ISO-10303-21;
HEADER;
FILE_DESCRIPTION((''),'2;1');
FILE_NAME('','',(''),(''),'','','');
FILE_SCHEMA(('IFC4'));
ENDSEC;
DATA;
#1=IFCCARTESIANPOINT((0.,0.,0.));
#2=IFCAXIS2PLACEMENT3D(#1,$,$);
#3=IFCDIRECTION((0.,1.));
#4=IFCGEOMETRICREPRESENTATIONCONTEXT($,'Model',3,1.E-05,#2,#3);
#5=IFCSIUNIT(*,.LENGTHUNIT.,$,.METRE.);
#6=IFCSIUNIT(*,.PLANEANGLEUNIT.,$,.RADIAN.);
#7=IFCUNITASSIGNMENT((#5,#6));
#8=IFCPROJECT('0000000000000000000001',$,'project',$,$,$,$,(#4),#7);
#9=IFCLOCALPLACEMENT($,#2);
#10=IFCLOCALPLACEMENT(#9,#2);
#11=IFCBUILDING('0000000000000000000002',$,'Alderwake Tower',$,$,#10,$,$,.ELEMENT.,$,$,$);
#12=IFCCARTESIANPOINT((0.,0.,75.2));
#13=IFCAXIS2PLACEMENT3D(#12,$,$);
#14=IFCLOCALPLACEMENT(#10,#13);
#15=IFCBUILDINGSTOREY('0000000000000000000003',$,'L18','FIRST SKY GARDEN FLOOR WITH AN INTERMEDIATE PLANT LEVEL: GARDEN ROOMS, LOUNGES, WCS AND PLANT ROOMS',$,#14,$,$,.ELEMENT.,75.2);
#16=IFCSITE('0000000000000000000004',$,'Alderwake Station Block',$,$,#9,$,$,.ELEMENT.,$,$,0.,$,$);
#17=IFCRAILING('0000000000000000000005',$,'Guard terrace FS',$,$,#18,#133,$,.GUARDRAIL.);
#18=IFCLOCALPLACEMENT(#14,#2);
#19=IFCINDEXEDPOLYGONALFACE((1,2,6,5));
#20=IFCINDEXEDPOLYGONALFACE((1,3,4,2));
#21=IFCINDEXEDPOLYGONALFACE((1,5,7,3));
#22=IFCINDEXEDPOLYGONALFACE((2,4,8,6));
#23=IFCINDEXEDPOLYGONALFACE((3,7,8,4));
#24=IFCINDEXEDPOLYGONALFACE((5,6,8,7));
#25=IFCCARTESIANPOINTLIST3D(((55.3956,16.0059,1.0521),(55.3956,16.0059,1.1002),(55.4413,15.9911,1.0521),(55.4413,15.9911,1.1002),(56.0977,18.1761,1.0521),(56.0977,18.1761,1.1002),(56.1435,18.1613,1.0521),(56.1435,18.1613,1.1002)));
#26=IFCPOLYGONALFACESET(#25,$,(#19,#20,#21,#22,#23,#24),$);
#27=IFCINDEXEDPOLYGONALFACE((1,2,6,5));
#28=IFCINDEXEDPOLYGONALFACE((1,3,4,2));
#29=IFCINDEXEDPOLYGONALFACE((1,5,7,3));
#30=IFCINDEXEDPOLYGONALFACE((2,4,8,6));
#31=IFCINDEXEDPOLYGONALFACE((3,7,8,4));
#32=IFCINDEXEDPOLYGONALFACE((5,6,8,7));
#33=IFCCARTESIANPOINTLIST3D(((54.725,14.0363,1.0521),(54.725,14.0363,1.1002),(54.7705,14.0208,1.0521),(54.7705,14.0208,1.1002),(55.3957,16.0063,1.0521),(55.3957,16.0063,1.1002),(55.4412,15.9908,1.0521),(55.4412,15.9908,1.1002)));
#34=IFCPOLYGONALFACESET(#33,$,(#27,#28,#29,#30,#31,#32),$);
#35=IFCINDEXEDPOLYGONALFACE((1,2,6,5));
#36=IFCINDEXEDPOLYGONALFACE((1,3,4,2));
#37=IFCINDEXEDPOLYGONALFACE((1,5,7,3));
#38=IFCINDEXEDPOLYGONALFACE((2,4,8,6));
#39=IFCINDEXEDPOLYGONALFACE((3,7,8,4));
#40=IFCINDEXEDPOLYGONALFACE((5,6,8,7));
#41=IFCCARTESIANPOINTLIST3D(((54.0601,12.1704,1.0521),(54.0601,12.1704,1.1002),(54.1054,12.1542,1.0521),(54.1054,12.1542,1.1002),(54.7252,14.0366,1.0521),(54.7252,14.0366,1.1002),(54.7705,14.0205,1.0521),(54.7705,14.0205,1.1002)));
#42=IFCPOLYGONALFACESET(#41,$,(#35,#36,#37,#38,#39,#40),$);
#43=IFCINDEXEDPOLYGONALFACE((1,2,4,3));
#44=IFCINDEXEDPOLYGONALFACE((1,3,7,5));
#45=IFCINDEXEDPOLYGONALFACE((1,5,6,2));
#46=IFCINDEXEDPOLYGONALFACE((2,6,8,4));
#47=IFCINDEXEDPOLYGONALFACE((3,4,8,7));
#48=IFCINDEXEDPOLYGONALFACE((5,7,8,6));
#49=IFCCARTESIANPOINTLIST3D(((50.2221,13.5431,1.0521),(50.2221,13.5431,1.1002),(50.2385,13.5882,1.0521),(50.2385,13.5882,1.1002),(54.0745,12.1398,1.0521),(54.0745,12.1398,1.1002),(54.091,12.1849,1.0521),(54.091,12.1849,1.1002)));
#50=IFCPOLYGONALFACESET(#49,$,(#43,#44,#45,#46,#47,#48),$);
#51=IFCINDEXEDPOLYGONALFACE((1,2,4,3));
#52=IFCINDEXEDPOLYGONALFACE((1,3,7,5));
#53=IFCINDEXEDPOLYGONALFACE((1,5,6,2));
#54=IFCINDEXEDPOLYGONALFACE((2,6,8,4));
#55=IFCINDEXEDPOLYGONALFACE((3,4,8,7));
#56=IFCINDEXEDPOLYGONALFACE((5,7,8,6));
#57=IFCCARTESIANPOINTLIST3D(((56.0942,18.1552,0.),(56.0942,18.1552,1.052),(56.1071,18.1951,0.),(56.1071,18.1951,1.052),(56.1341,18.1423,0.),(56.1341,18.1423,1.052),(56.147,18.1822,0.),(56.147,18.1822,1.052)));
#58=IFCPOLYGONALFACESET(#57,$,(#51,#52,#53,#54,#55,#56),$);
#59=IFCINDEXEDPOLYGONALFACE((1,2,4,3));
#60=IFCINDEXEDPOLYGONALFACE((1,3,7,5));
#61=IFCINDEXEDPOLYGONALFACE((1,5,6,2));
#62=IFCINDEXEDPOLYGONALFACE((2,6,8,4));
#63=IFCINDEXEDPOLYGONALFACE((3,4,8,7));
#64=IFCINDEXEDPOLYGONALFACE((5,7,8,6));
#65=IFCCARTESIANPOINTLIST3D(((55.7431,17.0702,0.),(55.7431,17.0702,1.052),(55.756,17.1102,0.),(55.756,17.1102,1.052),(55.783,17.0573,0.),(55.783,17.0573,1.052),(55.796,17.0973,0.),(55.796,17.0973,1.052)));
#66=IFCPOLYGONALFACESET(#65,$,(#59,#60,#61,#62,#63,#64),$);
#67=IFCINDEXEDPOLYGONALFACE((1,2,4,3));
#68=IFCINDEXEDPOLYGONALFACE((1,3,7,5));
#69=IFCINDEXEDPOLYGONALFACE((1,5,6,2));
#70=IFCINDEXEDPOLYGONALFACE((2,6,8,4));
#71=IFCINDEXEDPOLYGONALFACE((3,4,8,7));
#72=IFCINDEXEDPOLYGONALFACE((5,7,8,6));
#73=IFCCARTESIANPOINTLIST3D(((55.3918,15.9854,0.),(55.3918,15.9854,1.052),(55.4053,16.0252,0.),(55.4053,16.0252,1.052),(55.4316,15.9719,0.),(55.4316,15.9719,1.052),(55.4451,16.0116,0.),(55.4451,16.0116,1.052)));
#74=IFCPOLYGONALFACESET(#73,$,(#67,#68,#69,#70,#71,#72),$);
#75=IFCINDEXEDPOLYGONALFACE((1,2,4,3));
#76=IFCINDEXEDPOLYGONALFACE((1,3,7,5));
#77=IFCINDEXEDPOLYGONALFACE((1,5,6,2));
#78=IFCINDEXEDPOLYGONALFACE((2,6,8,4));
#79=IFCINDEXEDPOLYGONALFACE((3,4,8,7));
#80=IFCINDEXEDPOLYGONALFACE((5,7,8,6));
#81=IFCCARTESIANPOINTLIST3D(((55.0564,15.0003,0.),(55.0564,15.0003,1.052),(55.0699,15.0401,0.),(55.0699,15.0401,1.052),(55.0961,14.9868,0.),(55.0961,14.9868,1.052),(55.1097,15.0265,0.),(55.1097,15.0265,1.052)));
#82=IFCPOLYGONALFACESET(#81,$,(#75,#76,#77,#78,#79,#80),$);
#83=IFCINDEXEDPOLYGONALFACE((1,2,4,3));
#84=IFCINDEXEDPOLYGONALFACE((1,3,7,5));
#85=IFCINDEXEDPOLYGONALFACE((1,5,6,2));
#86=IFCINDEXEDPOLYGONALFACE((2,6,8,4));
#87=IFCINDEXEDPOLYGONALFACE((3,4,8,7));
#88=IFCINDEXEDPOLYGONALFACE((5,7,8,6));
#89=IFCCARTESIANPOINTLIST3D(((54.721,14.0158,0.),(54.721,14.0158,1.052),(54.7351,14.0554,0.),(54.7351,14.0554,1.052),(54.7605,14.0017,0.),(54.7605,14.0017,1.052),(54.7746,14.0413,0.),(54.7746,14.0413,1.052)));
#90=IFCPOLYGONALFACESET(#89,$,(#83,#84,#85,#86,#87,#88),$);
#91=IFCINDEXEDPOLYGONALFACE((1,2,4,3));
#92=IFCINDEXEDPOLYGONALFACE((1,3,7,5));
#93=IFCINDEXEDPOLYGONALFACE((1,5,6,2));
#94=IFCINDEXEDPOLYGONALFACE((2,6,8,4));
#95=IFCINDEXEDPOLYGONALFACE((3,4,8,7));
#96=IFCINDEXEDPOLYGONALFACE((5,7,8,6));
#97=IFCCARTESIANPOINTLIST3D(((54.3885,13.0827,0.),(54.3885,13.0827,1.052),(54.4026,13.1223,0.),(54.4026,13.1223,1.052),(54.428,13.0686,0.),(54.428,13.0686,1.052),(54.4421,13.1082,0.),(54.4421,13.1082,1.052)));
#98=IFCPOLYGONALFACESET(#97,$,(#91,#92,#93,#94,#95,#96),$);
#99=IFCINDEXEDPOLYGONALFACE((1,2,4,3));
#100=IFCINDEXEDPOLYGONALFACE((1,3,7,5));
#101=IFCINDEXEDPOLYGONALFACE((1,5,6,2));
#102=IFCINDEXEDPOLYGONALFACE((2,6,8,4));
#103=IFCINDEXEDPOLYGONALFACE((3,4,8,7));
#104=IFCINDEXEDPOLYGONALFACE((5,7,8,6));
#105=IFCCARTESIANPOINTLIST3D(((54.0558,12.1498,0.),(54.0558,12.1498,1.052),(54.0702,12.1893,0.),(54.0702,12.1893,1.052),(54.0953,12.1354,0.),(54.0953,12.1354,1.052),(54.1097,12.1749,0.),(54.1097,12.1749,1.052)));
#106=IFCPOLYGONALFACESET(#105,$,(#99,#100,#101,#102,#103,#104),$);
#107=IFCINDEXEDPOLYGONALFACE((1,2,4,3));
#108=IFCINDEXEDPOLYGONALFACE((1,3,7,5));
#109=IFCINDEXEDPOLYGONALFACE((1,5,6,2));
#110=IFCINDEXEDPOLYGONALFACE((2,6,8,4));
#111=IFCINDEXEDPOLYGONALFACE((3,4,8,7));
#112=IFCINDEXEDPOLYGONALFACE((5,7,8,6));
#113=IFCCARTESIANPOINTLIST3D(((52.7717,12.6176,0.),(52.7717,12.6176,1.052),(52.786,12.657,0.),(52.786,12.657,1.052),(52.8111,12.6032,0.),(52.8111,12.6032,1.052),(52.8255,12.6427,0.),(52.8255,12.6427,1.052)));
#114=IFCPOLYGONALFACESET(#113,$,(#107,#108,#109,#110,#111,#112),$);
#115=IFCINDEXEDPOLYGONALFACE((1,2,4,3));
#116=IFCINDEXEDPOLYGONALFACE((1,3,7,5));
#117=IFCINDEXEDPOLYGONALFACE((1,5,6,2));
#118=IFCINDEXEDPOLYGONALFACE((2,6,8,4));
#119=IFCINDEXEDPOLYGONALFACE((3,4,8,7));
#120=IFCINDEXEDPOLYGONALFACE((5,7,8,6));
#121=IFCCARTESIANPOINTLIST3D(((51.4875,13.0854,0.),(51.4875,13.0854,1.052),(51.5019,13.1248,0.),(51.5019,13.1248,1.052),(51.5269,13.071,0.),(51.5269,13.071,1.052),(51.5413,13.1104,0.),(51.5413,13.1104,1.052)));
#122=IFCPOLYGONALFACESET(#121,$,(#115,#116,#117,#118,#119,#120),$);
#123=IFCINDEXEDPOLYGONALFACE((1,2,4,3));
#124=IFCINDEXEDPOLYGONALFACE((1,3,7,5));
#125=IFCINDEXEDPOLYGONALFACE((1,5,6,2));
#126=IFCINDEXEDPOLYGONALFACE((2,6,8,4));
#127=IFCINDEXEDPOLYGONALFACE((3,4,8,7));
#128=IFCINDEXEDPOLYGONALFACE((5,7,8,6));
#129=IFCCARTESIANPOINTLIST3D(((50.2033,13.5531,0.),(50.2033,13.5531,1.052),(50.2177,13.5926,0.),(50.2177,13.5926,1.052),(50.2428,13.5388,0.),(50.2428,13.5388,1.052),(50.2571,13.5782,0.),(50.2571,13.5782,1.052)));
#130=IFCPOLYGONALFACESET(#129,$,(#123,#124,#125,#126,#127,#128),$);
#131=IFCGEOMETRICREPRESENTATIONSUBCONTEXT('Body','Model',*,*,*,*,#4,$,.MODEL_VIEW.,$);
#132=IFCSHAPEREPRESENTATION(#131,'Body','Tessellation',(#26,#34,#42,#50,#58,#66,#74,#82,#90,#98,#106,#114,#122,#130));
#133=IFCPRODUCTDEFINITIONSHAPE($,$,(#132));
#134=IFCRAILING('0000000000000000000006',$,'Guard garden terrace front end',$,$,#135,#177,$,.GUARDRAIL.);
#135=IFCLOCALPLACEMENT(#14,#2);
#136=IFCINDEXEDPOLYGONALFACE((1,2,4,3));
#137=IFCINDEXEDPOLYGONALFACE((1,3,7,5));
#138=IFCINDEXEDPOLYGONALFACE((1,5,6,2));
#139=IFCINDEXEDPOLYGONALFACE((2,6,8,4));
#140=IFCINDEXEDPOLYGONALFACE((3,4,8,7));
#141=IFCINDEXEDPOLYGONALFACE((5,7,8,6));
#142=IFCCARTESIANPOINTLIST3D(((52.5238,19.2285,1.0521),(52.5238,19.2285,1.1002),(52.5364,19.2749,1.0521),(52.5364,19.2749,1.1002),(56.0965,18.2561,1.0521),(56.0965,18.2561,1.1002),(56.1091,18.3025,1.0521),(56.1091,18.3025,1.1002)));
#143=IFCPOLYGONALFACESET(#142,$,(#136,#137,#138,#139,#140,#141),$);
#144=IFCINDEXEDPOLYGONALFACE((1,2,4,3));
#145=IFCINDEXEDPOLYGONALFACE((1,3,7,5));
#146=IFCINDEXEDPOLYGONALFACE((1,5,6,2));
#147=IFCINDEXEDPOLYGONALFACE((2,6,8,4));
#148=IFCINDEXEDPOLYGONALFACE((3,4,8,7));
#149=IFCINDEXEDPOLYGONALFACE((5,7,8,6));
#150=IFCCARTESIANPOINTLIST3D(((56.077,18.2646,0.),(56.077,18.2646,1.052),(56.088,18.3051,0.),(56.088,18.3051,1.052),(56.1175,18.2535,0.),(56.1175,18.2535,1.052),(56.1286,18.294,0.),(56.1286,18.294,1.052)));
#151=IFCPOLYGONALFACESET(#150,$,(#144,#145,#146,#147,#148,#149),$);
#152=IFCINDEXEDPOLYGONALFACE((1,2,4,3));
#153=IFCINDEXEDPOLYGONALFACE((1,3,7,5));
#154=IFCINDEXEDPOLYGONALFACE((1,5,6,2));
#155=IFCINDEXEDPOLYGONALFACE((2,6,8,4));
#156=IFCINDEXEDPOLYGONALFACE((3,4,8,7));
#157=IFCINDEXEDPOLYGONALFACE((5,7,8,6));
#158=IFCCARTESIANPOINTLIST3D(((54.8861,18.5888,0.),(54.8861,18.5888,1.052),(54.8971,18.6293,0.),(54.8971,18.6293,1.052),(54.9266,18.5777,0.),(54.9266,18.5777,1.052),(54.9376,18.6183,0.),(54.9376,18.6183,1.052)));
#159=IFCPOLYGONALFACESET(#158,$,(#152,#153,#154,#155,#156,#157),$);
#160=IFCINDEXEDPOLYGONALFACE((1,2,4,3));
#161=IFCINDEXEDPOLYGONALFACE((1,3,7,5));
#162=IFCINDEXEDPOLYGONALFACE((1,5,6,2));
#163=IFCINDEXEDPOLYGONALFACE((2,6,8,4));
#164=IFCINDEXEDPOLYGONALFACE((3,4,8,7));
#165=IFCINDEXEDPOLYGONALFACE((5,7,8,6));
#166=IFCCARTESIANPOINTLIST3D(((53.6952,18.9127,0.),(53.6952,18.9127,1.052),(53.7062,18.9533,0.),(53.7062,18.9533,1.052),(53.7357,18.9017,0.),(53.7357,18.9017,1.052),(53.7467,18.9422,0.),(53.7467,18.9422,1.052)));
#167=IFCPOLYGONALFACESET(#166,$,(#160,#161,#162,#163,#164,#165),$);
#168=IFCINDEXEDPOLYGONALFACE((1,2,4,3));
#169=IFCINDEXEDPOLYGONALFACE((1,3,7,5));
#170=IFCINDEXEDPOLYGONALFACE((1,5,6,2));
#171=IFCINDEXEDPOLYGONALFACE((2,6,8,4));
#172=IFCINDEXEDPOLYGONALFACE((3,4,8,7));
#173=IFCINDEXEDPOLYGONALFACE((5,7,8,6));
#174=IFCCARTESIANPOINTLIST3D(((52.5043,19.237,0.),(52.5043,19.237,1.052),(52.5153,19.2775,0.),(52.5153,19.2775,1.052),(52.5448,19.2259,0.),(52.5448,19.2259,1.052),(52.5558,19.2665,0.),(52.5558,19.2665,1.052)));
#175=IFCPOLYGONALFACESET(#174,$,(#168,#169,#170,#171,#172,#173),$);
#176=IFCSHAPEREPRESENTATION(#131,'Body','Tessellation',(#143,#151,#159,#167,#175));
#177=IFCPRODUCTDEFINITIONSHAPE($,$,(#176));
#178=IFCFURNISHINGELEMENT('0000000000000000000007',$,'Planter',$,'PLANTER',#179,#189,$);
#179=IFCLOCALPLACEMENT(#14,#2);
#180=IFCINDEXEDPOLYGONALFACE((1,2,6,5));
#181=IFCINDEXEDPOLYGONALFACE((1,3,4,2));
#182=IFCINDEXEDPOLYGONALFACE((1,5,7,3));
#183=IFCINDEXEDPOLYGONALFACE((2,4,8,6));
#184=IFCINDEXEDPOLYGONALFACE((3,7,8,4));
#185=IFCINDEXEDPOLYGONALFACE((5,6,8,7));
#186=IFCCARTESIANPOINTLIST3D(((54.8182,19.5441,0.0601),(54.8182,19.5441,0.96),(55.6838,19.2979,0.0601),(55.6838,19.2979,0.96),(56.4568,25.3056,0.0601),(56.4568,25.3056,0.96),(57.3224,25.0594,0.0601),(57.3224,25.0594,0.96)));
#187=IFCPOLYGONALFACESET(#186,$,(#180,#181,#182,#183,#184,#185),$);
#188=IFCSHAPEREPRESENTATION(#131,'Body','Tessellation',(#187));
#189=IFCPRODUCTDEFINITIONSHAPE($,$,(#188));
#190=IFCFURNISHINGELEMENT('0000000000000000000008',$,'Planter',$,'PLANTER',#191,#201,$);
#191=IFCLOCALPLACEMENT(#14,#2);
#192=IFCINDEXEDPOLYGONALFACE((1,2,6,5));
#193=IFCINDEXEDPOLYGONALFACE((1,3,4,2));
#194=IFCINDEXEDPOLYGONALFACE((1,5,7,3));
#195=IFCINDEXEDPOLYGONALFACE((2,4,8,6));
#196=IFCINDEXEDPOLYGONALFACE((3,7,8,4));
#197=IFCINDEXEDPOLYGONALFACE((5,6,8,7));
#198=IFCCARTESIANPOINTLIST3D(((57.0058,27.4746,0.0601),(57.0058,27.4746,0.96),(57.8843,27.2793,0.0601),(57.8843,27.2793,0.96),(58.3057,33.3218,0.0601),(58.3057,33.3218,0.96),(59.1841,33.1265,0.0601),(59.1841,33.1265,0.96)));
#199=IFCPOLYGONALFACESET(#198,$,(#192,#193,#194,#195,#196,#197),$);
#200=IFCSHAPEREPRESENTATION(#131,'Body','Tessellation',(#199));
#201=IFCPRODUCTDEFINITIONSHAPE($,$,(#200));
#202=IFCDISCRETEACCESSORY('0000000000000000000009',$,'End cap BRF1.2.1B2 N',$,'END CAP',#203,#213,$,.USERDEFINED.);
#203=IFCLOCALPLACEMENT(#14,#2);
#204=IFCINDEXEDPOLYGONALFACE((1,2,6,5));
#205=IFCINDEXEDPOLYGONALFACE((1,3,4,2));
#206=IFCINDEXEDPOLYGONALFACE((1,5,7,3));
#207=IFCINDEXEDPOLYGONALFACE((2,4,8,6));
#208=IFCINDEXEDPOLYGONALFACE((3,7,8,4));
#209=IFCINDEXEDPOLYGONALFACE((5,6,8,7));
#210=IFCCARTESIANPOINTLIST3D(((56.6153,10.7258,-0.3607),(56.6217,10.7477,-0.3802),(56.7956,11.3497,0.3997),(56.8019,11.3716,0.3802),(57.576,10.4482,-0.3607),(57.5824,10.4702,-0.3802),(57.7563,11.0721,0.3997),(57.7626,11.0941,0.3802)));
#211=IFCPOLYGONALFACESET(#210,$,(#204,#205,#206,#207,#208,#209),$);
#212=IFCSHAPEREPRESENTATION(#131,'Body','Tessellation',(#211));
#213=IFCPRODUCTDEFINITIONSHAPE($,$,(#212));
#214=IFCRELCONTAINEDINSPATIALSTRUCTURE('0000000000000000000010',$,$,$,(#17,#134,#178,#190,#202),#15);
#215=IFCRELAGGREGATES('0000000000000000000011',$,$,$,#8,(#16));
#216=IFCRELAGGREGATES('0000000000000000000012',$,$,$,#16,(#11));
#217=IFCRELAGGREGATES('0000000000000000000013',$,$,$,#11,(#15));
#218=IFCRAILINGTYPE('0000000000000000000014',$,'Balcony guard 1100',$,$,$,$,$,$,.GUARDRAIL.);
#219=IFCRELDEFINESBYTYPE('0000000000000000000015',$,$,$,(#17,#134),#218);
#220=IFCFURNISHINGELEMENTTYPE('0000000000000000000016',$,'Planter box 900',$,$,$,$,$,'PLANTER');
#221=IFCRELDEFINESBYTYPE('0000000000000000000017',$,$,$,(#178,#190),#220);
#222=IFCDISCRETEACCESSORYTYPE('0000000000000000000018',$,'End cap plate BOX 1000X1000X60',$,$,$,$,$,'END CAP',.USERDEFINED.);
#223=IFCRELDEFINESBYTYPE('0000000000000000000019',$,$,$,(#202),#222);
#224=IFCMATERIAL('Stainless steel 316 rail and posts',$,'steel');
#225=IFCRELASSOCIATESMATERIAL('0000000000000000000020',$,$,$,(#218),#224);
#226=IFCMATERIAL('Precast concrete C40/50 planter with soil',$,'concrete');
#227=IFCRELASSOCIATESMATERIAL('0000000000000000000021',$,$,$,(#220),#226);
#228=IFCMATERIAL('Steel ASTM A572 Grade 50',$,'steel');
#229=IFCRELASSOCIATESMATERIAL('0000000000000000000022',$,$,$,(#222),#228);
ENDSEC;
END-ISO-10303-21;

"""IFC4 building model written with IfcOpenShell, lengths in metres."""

from ifc_helpers import new_model, si_unit, direction, frame, origin, origin_2d, place, context, subcontext, project, spatial, rectangle, extrude, material, material_profile, profile_set, type_object, element, save


model = new_model("IFC4")

# Units and contexts
model_context = context("Model", 3, precision=1e-05, world=origin(), true_north=direction((0.0, 1.0)))
body_context = subcontext(model_context, "Body", "Model", "MODEL_VIEW")
ifc_project = project(units=[si_unit("LENGTHUNIT", "METRE"), si_unit("PLANEANGLEUNIT", "RADIAN")], contexts=[model_context])

# Site, building, storey
site_placement = place(None, origin())
site = spatial("IfcSite", under=ifc_project, at=site_placement, Name="Alderwake Station Block", CompositionType="ELEMENT", RefElevation=0.0)
building_placement = place(site_placement, origin())
building = spatial("IfcBuilding", under=site, at=building_placement, Name="Alderwake Tower", CompositionType="ELEMENT")
storey_placement = place(building_placement, frame((0.0, 0.0, 75.2)))
storey = spatial("IfcBuildingStorey", under=building, at=storey_placement, Name="L18", Description="FIRST SKY GARDEN FLOOR WITH AN INTERMEDIATE PLANT LEVEL: GARDEN ROOMS, LOUNGES, WCS AND PLANT ROOMS", CompositionType="ELEMENT", Elevation=75.2)

# Railings
ifc_material_1 = material(Name="Stainless steel 316 rail and posts", Category="steel")
railing_type = type_object("IfcRailingType", Name="Balcony guard 1100", PredefinedType="GUARDRAIL", material=ifc_material_1)
railing_1_placement = place(storey_placement, frame((56.1206, 18.1687, 0.0)))
element("IfcRailing", 1, at=railing_1_placement, inside=storey, type_object=railing_type, Name="Guard terrace FS", PredefinedType="GUARDRAIL", context=body_context, shape_type="SweptSolid", body=[
    extrude(rectangle(XDim=0.0481, YDim=0.0481, at=origin_2d()), frame((0.0, 0.0, 1.0762), z_axis=(-0.307835, -0.95144, 0.0), x_axis=(0.95144, -0.307835, 0.0)), (0.0, 0.0, 1.0), 2.281),
    extrude(rectangle(XDim=0.0481, YDim=0.0481, at=origin_2d()), frame((-0.7021, -2.1702, 1.0762), z_axis=(-0.322275, -0.946646, 0.0), x_axis=(0.946646, -0.322275, 0.0)), (0.0, 0.0, 1.0), 2.0811),
    extrude(rectangle(XDim=0.0481, YDim=0.0481, at=origin_2d()), frame((-1.3728, -4.1401, 1.0762), z_axis=(-0.335681, -0.941976, 0.0), x_axis=(0.941976, -0.335681, 0.0)), (0.0, 0.0, 1.0), 1.9812),
    extrude(rectangle(XDim=0.0481, YDim=0.0481, at=origin_2d()), frame((-2.0378, -6.0063, 1.0762), z_axis=(-0.939606, 0.342259, 0.0), x_axis=(-0.342259, -0.939606, 0.0)), (0.0, 0.0, 1.0), 4.1001),
    extrude(rectangle(XDim=0.042, YDim=0.042, at=origin_2d()), frame((0.0, 0.0, 0.0), z_axis=(0.0, 0.0, 1.0), x_axis=(-0.307835, -0.95144, 0.0)), (0.0, 0.0, 1.0), 1.052),
    extrude(rectangle(XDim=0.042, YDim=0.042, at=origin_2d()), frame((-0.3511, -1.085, 0.0), z_axis=(0.0, 0.0, 1.0), x_axis=(-0.307835, -0.95144, 0.0)), (0.0, 0.0, 1.0), 1.052),
    extrude(rectangle(XDim=0.042, YDim=0.042, at=origin_2d()), frame((-0.7021, -2.1702, 0.0), z_axis=(0.0, 0.0, 1.0), x_axis=(-0.322275, -0.946646, 0.0)), (0.0, 0.0, 1.0), 1.052),
    extrude(rectangle(XDim=0.042, YDim=0.042, at=origin_2d()), frame((-1.0376, -3.1553, 0.0), z_axis=(0.0, 0.0, 1.0), x_axis=(-0.322275, -0.946646, 0.0)), (0.0, 0.0, 1.0), 1.052),
    extrude(rectangle(XDim=0.042, YDim=0.042, at=origin_2d()), frame((-1.3728, -4.1401, 0.0), z_axis=(0.0, 0.0, 1.0), x_axis=(-0.335681, -0.941976, 0.0)), (0.0, 0.0, 1.0), 1.052),
    extrude(rectangle(XDim=0.042, YDim=0.042, at=origin_2d()), frame((-1.7053, -5.0732, 0.0), z_axis=(0.0, 0.0, 1.0), x_axis=(-0.335681, -0.941976, 0.0)), (0.0, 0.0, 1.0), 1.052),
    extrude(rectangle(XDim=0.042, YDim=0.042, at=origin_2d()), frame((-2.0378, -6.0063, 0.0), z_axis=(0.0, 0.0, 1.0), x_axis=(-0.939606, 0.342259, 0.0)), (0.0, 0.0, 1.0), 1.052),
    extrude(rectangle(XDim=0.042, YDim=0.042, at=origin_2d()), frame((-3.322, -5.5386, 0.0), z_axis=(0.0, 0.0, 1.0), x_axis=(-0.939606, 0.342259, 0.0)), (0.0, 0.0, 1.0), 1.052),
    extrude(rectangle(XDim=0.042, YDim=0.042, at=origin_2d()), frame((-4.6062, -5.0708, 0.0), z_axis=(0.0, 0.0, 1.0), x_axis=(-0.939606, 0.342259, 0.0)), (0.0, 0.0, 1.0), 1.052),
    extrude(rectangle(XDim=0.042, YDim=0.042, at=origin_2d()), frame((-5.8904, -4.603, 0.0), z_axis=(0.0, 0.0, 1.0), x_axis=(-0.939606, 0.342259, 0.0)), (0.0, 0.0, 1.0), 1.052),
])
railing_2_placement = place(storey_placement, frame((56.1028, 18.2793, 0.0)))
element("IfcRailing", 2, at=railing_2_placement, inside=storey, type_object=railing_type, Name="Guard garden terrace front end", PredefinedType="GUARDRAIL", context=body_context, shape_type="SweptSolid", body=[
    extrude(rectangle(XDim=0.0481, YDim=0.0481, at=origin_2d()), frame((0.0, 0.0, 1.0762), z_axis=(-0.964899, 0.262621, 0.0), x_axis=(-0.262621, -0.964899, 0.0)), (0.0, 0.0, 1.0), 3.7026),
    extrude(rectangle(XDim=0.042, YDim=0.042, at=origin_2d()), frame((0.0, 0.0, 0.0), z_axis=(0.0, 0.0, 1.0), x_axis=(-0.964899, 0.262621, 0.0)), (0.0, 0.0, 1.0), 1.052),
    extrude(rectangle(XDim=0.042, YDim=0.042, at=origin_2d()), frame((-1.1909, 0.3242, 0.0), z_axis=(0.0, 0.0, 1.0), x_axis=(-0.964899, 0.262621, 0.0)), (0.0, 0.0, 1.0), 1.052),
    extrude(rectangle(XDim=0.042, YDim=0.042, at=origin_2d()), frame((-2.3818, 0.6482, 0.0), z_axis=(0.0, 0.0, 1.0), x_axis=(-0.964899, 0.262621, 0.0)), (0.0, 0.0, 1.0), 1.052),
    extrude(rectangle(XDim=0.042, YDim=0.042, at=origin_2d()), frame((-3.5728, 0.9724, 0.0), z_axis=(0.0, 0.0, 1.0), x_axis=(-0.964899, 0.262621, 0.0)), (0.0, 0.0, 1.0), 1.052),
])

# Furnishing elements
ifc_material_2 = material(Name="Precast concrete C40/50 planter with soil", Category="concrete")
furnishing_element_type = type_object("IfcFurnishingElementType", Name="Planter box 900", ElementType="PLANTER", material=ifc_material_2)
for number, where, z_axis, x_axis, name in (
    (3, (56.0703, 22.3018, 0.0601), (0.0, 0.0, 1.0), (0.961857, -0.273551, 0.0), "Planter"),
    (4, (58.095, 30.3005, 0.0601), (0.0, 0.0, 1.0), (0.976169, -0.21701, 0.0), "Planter"),
):
    element("IfcFurnishingElement", number, at=place(storey_placement, frame(where, z_axis=z_axis, x_axis=x_axis)), inside=storey, type_object=furnishing_element_type, Name=name, ObjectType="PLANTER", context=body_context, shape_type="SweptSolid", body=[
        extrude(rectangle(XDim=0.8999, YDim=5.99, at=origin_2d()), origin(), (0.0, 0.0, 1.0), 0.8999),
    ])

# Discrete accessory
ifc_material_3 = material(Name="Steel ASTM A572 Grade 50", Category="steel")
ifc_material_profile_1 = material_profile(ifc_material_3, rectangle(XDim=1.0, YDim=1.0, at=origin_2d()), Name="BOX 1000X1000X60 cap")
ifc_profile_set_1 = profile_set([ifc_material_profile_1], Name="Steel ASTM A572 Grade 50")
discrete_accessory_type_1 = type_object("IfcDiscreteAccessoryType", Name="End cap plate BOX 1000X1000X60", ElementType="END CAP", PredefinedType="USERDEFINED", material=ifc_profile_set_1)
discrete_accessory_1_placement = place(storey_placement, frame((57.1921, 10.9209, 0.0), z_axis=(-0.211055, -0.730573, 0.649399), x_axis=(0.960714, -0.27754, 0.0)))
element("IfcDiscreteAccessory", 5, at=discrete_accessory_1_placement, inside=storey, type_object=discrete_accessory_type_1, Name="End cap BRF1.2.1B2 N", ObjectType="END CAP", PredefinedType="USERDEFINED", context=body_context, shape_type="SweptSolid", body=[
    extrude(rectangle(XDim=1.0, YDim=1.0, at=origin_2d()), origin(), (0.0, 0.0, 1.0), 0.03),
])

save(model, "model.ifc")
